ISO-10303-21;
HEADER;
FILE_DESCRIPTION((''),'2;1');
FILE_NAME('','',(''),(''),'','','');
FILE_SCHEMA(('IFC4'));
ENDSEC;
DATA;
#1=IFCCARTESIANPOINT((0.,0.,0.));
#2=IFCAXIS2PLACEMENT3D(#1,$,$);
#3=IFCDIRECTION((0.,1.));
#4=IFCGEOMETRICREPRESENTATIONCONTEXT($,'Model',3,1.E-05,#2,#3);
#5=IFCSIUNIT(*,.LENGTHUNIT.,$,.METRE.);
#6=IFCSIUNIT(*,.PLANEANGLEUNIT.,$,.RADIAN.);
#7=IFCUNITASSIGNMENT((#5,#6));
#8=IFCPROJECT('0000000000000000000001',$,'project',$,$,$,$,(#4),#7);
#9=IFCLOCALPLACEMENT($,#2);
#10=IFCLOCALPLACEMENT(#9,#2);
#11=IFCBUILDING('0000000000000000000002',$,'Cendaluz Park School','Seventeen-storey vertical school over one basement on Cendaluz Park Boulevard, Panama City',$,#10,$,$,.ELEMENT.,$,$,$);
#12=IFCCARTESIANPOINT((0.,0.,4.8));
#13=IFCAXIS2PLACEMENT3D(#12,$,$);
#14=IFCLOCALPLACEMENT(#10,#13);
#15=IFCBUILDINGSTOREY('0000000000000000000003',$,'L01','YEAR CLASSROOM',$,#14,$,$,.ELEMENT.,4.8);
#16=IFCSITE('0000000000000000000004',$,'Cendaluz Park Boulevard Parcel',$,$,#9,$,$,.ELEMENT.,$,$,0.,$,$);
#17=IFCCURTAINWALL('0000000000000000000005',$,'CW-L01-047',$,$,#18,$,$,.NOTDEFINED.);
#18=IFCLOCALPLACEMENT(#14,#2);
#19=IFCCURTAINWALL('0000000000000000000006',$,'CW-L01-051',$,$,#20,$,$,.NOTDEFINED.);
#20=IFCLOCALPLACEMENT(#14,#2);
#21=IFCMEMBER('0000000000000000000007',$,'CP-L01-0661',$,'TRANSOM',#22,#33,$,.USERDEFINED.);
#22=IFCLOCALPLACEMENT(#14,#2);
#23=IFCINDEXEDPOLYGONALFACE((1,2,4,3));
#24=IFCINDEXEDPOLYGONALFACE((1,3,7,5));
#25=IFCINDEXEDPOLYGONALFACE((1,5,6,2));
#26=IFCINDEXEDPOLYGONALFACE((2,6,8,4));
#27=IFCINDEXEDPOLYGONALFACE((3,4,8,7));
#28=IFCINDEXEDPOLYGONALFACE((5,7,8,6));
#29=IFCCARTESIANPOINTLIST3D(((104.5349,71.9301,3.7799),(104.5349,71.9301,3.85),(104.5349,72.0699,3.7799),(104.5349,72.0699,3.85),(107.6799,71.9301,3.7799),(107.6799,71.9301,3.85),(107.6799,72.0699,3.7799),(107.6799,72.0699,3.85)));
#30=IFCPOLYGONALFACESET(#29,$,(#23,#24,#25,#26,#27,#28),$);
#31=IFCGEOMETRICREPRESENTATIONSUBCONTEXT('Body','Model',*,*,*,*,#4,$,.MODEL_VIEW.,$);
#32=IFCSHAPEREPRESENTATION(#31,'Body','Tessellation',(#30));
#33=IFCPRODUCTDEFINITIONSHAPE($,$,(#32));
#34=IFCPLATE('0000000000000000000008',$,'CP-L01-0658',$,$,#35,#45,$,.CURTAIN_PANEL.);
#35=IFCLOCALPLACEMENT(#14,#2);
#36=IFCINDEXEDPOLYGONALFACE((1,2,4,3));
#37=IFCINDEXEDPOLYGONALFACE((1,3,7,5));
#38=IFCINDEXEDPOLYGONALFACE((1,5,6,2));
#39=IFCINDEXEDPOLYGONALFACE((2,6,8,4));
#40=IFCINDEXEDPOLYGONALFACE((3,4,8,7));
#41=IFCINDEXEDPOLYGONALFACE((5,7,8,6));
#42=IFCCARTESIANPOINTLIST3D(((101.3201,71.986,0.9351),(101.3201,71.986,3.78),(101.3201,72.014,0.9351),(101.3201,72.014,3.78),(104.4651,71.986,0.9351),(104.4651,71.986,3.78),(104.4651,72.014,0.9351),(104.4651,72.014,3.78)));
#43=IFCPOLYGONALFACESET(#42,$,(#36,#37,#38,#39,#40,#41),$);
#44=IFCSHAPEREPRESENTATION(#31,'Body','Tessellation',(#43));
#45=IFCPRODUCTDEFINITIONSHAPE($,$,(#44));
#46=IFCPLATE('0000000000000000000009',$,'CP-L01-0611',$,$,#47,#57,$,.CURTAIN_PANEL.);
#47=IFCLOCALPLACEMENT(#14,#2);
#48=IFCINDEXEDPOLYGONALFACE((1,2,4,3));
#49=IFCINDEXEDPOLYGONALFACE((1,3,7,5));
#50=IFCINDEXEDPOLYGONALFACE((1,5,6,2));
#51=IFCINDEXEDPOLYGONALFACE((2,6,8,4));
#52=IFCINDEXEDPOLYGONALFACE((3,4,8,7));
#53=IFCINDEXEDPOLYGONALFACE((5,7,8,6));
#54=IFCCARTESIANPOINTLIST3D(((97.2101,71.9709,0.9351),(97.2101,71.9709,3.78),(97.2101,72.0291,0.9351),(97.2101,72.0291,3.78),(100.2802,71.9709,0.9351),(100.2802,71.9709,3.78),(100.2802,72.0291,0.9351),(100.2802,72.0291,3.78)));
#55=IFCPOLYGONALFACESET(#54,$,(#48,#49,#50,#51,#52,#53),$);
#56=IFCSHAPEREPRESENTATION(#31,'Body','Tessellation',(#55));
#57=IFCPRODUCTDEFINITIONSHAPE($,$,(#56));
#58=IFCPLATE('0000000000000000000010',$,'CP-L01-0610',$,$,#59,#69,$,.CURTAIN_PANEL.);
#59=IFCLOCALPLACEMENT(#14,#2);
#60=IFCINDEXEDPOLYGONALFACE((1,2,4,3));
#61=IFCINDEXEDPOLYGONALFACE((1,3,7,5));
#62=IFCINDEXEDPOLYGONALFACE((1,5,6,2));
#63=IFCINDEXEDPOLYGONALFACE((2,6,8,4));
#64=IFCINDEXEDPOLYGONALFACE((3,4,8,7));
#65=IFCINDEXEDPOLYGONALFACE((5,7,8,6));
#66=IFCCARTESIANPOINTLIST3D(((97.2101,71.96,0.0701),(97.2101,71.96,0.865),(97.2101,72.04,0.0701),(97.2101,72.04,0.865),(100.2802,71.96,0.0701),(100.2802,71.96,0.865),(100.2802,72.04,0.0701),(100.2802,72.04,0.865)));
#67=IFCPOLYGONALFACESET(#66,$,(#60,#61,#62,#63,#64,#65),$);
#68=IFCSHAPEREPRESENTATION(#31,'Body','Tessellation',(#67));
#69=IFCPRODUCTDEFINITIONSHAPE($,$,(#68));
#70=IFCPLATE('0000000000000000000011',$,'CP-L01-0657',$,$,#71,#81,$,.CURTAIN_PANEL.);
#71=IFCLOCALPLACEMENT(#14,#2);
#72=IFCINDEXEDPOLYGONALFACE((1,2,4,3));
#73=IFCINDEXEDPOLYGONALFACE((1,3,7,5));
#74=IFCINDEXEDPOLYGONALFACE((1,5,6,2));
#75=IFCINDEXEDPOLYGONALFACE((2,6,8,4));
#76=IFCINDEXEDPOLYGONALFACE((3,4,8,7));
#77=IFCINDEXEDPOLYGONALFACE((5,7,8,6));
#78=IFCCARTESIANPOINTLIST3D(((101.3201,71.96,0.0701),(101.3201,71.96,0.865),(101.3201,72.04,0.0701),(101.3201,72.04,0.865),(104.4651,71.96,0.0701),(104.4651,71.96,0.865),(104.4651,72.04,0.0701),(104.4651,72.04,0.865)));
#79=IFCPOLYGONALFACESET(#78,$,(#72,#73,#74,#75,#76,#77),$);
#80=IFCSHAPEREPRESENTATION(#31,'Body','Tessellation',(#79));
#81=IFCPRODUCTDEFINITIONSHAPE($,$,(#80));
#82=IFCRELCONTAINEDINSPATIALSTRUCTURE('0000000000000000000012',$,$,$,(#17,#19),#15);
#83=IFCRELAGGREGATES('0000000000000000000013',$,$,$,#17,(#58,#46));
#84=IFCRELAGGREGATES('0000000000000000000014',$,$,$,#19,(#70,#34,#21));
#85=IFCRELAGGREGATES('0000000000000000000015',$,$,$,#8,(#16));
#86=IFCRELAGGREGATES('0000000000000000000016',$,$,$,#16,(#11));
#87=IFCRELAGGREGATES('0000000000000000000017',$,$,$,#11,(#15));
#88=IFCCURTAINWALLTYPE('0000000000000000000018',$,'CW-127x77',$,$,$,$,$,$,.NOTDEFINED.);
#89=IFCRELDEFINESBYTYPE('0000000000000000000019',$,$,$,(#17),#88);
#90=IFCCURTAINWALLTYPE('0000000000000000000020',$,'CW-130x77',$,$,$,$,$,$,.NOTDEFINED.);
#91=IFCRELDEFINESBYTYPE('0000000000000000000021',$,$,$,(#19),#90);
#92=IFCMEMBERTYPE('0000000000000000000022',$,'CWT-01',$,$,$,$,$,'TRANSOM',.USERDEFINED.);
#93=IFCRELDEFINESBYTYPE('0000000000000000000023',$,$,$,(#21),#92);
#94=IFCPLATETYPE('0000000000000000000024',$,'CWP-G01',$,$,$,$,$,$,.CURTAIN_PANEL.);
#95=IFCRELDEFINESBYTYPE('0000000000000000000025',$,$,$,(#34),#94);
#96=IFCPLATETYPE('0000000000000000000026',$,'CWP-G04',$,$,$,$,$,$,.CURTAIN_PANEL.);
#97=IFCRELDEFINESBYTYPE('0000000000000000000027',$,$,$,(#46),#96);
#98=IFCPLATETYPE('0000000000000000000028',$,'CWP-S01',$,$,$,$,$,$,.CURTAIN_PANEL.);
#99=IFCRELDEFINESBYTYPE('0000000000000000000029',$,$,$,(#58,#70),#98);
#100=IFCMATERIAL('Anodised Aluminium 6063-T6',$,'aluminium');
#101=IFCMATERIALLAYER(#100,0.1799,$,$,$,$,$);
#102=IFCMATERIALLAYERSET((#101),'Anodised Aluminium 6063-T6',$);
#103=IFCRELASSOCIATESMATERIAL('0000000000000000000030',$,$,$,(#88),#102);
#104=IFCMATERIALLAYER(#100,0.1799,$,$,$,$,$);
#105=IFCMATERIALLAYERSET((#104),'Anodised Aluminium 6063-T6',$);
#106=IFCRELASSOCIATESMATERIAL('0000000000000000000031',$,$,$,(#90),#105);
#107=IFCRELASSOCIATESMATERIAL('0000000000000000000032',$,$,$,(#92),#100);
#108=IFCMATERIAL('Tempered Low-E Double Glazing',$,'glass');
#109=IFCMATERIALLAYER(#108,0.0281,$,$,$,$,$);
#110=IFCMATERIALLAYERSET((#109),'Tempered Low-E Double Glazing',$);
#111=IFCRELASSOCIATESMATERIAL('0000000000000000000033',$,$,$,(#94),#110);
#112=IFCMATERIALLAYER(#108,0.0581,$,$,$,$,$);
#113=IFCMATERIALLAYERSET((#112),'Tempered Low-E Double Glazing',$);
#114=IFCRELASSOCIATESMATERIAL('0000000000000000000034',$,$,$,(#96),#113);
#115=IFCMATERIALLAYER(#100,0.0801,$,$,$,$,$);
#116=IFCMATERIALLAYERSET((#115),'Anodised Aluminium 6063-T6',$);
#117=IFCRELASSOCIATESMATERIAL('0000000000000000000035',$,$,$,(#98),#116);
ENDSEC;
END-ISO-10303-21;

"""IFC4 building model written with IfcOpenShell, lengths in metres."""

from ifc_helpers import new_model, si_unit, direction, frame, origin, origin_2d, place, context, subcontext, project, spatial, rectangle, extrude, material, layer, layer_set, material_profile, profile_set, type_object, element, aggregate, save


model = new_model("IFC4")

# Units and contexts
model_context = context("Model", 3, precision=1e-05, world=origin(), true_north=direction((0.0, 1.0)))
body_context = subcontext(model_context, "Body", "Model", "MODEL_VIEW")
ifc_project = project(units=[si_unit("LENGTHUNIT", "METRE"), si_unit("PLANEANGLEUNIT", "RADIAN")], contexts=[model_context])

# Site, building, storey
site_placement = place(None, origin())
site = spatial("IfcSite", under=ifc_project, at=site_placement, Name="Cendaluz Park Boulevard Parcel", CompositionType="ELEMENT", RefElevation=0.0)
building_placement = place(site_placement, origin())
building = spatial("IfcBuilding", under=site, at=building_placement, Name="Cendaluz Park School", Description="Seventeen-storey vertical school over one basement on Cendaluz Park Boulevard, Panama City", CompositionType="ELEMENT")
storey_placement = place(building_placement, frame((0.0, 0.0, 4.8)))
storey = spatial("IfcBuildingStorey", under=building, at=storey_placement, Name="L01", Description="YEAR CLASSROOM", CompositionType="ELEMENT", Elevation=4.8)

# Curtain walls
ifc_material_1 = material(Name="Anodised Aluminium 6063-T6", Category="aluminium")
ifc_layer_1 = layer(ifc_material_1, 0.1799)
ifc_layer_set_1 = layer_set([ifc_layer_1], Name="Anodised Aluminium 6063-T6")
curtain_wall_type_1 = type_object("IfcCurtainWallType", Name="CW-127x77", PredefinedType="NOTDEFINED", material=ifc_layer_set_1)
curtain_wall_1_placement = place(storey_placement, origin())
curtain_wall_1 = element("IfcCurtainWall", 1, at=curtain_wall_1_placement, inside=storey, type_object=curtain_wall_type_1, Name="CW-L01-047", PredefinedType="NOTDEFINED")
ifc_layer_2 = layer(ifc_material_1, 0.1799)
ifc_layer_set_2 = layer_set([ifc_layer_2], Name="Anodised Aluminium 6063-T6")
curtain_wall_type_2 = type_object("IfcCurtainWallType", Name="CW-130x77", PredefinedType="NOTDEFINED", material=ifc_layer_set_2)
curtain_wall_2_placement = place(storey_placement, origin())
curtain_wall_2 = element("IfcCurtainWall", 2, at=curtain_wall_2_placement, inside=storey, type_object=curtain_wall_type_2, Name="CW-L01-051", PredefinedType="NOTDEFINED")

# Member
ifc_material_profile_1 = material_profile(ifc_material_1, rectangle(XDim=0.1399, YDim=0.0701, at=origin_2d()), Name="CWT 140x70", Category="aluminium")
ifc_profile_set_1 = profile_set([ifc_material_profile_1], Name="Anodised Aluminium 6063-T6")
member_type_1 = type_object("IfcMemberType", Name="CWT-01", ElementType="TRANSOM", PredefinedType="USERDEFINED", material=ifc_profile_set_1)
member_1_placement = place(storey_placement, frame((104.5349, 72.0, 3.8149), z_axis=(1.0, 0.0, 0.0), x_axis=(0.0, 1.0, 0.0)))
member_1 = element("IfcMember", 3, at=member_1_placement, type_object=member_type_1, Name="CP-L01-0661", ObjectType="TRANSOM", PredefinedType="USERDEFINED", context=body_context, shape_type="SweptSolid", body=[
    extrude(rectangle(XDim=0.1399, YDim=0.0701, at=origin_2d()), origin(), (0.0, 0.0, 1.0), 3.145),
])

# Plates
ifc_material_2 = material(Name="Tempered Low-E Double Glazing", Category="glass")
ifc_layer_3 = layer(ifc_material_2, 0.0281)
ifc_layer_set_3 = layer_set([ifc_layer_3], Name="Tempered Low-E Double Glazing")
plate_type_1 = type_object("IfcPlateType", Name="CWP-G01", PredefinedType="CURTAIN_PANEL", material=ifc_layer_set_3)
plate_1_placement = place(storey_placement, frame((102.8926, 72.0, 0.9351), z_axis=(0.0, 0.0, 1.0), x_axis=(1.0, 0.0, 0.0)))
plate_1 = element("IfcPlate", 4, at=plate_1_placement, type_object=plate_type_1, Name="CP-L01-0658", PredefinedType="CURTAIN_PANEL", context=body_context, shape_type="SweptSolid", body=[
    extrude(rectangle(XDim=3.145, YDim=0.0281, at=origin_2d()), origin(), (0.0, 0.0, 1.0), 2.845),
])
ifc_layer_4 = layer(ifc_material_2, 0.0581)
ifc_layer_set_4 = layer_set([ifc_layer_4], Name="Tempered Low-E Double Glazing")
plate_type_2 = type_object("IfcPlateType", Name="CWP-G04", PredefinedType="CURTAIN_PANEL", material=ifc_layer_set_4)
plate_2_placement = place(storey_placement, frame((98.7451, 72.0, 0.9351), z_axis=(0.0, 0.0, 1.0), x_axis=(1.0, 0.0, 0.0)))
plate_2 = element("IfcPlate", 5, at=plate_2_placement, type_object=plate_type_2, Name="CP-L01-0611", PredefinedType="CURTAIN_PANEL", context=body_context, shape_type="SweptSolid", body=[
    extrude(rectangle(XDim=3.0701, YDim=0.0581, at=origin_2d()), origin(), (0.0, 0.0, 1.0), 2.845),
])
ifc_layer_5 = layer(ifc_material_1, 0.0801)
ifc_layer_set_5 = layer_set([ifc_layer_5], Name="Anodised Aluminium 6063-T6")
plate_type_3 = type_object("IfcPlateType", Name="CWP-S01", PredefinedType="CURTAIN_PANEL", material=ifc_layer_set_5)
plate_3_placement = place(storey_placement, frame((98.7451, 72.0, 0.0701), z_axis=(0.0, 0.0, 1.0), x_axis=(1.0, 0.0, 0.0)))
plate_3 = element("IfcPlate", 6, at=plate_3_placement, type_object=plate_type_3, Name="CP-L01-0610", PredefinedType="CURTAIN_PANEL", context=body_context, shape_type="SweptSolid", body=[
    extrude(rectangle(XDim=3.0701, YDim=0.0801, at=origin_2d()), origin(), (0.0, 0.0, 1.0), 0.7949),
])
aggregate(curtain_wall_1, [plate_3, plate_2])
plate_4_placement = place(storey_placement, frame((102.8926, 72.0, 0.0701), z_axis=(0.0, 0.0, 1.0), x_axis=(1.0, 0.0, 0.0)))
plate_4 = element("IfcPlate", 7, at=plate_4_placement, type_object=plate_type_3, Name="CP-L01-0657", PredefinedType="CURTAIN_PANEL", context=body_context, shape_type="SweptSolid", body=[
    extrude(rectangle(XDim=3.145, YDim=0.0801, at=origin_2d()), origin(), (0.0, 0.0, 1.0), 0.7949),
])
aggregate(curtain_wall_2, [plate_4, plate_1, member_1])

save(model, "model.ifc")
